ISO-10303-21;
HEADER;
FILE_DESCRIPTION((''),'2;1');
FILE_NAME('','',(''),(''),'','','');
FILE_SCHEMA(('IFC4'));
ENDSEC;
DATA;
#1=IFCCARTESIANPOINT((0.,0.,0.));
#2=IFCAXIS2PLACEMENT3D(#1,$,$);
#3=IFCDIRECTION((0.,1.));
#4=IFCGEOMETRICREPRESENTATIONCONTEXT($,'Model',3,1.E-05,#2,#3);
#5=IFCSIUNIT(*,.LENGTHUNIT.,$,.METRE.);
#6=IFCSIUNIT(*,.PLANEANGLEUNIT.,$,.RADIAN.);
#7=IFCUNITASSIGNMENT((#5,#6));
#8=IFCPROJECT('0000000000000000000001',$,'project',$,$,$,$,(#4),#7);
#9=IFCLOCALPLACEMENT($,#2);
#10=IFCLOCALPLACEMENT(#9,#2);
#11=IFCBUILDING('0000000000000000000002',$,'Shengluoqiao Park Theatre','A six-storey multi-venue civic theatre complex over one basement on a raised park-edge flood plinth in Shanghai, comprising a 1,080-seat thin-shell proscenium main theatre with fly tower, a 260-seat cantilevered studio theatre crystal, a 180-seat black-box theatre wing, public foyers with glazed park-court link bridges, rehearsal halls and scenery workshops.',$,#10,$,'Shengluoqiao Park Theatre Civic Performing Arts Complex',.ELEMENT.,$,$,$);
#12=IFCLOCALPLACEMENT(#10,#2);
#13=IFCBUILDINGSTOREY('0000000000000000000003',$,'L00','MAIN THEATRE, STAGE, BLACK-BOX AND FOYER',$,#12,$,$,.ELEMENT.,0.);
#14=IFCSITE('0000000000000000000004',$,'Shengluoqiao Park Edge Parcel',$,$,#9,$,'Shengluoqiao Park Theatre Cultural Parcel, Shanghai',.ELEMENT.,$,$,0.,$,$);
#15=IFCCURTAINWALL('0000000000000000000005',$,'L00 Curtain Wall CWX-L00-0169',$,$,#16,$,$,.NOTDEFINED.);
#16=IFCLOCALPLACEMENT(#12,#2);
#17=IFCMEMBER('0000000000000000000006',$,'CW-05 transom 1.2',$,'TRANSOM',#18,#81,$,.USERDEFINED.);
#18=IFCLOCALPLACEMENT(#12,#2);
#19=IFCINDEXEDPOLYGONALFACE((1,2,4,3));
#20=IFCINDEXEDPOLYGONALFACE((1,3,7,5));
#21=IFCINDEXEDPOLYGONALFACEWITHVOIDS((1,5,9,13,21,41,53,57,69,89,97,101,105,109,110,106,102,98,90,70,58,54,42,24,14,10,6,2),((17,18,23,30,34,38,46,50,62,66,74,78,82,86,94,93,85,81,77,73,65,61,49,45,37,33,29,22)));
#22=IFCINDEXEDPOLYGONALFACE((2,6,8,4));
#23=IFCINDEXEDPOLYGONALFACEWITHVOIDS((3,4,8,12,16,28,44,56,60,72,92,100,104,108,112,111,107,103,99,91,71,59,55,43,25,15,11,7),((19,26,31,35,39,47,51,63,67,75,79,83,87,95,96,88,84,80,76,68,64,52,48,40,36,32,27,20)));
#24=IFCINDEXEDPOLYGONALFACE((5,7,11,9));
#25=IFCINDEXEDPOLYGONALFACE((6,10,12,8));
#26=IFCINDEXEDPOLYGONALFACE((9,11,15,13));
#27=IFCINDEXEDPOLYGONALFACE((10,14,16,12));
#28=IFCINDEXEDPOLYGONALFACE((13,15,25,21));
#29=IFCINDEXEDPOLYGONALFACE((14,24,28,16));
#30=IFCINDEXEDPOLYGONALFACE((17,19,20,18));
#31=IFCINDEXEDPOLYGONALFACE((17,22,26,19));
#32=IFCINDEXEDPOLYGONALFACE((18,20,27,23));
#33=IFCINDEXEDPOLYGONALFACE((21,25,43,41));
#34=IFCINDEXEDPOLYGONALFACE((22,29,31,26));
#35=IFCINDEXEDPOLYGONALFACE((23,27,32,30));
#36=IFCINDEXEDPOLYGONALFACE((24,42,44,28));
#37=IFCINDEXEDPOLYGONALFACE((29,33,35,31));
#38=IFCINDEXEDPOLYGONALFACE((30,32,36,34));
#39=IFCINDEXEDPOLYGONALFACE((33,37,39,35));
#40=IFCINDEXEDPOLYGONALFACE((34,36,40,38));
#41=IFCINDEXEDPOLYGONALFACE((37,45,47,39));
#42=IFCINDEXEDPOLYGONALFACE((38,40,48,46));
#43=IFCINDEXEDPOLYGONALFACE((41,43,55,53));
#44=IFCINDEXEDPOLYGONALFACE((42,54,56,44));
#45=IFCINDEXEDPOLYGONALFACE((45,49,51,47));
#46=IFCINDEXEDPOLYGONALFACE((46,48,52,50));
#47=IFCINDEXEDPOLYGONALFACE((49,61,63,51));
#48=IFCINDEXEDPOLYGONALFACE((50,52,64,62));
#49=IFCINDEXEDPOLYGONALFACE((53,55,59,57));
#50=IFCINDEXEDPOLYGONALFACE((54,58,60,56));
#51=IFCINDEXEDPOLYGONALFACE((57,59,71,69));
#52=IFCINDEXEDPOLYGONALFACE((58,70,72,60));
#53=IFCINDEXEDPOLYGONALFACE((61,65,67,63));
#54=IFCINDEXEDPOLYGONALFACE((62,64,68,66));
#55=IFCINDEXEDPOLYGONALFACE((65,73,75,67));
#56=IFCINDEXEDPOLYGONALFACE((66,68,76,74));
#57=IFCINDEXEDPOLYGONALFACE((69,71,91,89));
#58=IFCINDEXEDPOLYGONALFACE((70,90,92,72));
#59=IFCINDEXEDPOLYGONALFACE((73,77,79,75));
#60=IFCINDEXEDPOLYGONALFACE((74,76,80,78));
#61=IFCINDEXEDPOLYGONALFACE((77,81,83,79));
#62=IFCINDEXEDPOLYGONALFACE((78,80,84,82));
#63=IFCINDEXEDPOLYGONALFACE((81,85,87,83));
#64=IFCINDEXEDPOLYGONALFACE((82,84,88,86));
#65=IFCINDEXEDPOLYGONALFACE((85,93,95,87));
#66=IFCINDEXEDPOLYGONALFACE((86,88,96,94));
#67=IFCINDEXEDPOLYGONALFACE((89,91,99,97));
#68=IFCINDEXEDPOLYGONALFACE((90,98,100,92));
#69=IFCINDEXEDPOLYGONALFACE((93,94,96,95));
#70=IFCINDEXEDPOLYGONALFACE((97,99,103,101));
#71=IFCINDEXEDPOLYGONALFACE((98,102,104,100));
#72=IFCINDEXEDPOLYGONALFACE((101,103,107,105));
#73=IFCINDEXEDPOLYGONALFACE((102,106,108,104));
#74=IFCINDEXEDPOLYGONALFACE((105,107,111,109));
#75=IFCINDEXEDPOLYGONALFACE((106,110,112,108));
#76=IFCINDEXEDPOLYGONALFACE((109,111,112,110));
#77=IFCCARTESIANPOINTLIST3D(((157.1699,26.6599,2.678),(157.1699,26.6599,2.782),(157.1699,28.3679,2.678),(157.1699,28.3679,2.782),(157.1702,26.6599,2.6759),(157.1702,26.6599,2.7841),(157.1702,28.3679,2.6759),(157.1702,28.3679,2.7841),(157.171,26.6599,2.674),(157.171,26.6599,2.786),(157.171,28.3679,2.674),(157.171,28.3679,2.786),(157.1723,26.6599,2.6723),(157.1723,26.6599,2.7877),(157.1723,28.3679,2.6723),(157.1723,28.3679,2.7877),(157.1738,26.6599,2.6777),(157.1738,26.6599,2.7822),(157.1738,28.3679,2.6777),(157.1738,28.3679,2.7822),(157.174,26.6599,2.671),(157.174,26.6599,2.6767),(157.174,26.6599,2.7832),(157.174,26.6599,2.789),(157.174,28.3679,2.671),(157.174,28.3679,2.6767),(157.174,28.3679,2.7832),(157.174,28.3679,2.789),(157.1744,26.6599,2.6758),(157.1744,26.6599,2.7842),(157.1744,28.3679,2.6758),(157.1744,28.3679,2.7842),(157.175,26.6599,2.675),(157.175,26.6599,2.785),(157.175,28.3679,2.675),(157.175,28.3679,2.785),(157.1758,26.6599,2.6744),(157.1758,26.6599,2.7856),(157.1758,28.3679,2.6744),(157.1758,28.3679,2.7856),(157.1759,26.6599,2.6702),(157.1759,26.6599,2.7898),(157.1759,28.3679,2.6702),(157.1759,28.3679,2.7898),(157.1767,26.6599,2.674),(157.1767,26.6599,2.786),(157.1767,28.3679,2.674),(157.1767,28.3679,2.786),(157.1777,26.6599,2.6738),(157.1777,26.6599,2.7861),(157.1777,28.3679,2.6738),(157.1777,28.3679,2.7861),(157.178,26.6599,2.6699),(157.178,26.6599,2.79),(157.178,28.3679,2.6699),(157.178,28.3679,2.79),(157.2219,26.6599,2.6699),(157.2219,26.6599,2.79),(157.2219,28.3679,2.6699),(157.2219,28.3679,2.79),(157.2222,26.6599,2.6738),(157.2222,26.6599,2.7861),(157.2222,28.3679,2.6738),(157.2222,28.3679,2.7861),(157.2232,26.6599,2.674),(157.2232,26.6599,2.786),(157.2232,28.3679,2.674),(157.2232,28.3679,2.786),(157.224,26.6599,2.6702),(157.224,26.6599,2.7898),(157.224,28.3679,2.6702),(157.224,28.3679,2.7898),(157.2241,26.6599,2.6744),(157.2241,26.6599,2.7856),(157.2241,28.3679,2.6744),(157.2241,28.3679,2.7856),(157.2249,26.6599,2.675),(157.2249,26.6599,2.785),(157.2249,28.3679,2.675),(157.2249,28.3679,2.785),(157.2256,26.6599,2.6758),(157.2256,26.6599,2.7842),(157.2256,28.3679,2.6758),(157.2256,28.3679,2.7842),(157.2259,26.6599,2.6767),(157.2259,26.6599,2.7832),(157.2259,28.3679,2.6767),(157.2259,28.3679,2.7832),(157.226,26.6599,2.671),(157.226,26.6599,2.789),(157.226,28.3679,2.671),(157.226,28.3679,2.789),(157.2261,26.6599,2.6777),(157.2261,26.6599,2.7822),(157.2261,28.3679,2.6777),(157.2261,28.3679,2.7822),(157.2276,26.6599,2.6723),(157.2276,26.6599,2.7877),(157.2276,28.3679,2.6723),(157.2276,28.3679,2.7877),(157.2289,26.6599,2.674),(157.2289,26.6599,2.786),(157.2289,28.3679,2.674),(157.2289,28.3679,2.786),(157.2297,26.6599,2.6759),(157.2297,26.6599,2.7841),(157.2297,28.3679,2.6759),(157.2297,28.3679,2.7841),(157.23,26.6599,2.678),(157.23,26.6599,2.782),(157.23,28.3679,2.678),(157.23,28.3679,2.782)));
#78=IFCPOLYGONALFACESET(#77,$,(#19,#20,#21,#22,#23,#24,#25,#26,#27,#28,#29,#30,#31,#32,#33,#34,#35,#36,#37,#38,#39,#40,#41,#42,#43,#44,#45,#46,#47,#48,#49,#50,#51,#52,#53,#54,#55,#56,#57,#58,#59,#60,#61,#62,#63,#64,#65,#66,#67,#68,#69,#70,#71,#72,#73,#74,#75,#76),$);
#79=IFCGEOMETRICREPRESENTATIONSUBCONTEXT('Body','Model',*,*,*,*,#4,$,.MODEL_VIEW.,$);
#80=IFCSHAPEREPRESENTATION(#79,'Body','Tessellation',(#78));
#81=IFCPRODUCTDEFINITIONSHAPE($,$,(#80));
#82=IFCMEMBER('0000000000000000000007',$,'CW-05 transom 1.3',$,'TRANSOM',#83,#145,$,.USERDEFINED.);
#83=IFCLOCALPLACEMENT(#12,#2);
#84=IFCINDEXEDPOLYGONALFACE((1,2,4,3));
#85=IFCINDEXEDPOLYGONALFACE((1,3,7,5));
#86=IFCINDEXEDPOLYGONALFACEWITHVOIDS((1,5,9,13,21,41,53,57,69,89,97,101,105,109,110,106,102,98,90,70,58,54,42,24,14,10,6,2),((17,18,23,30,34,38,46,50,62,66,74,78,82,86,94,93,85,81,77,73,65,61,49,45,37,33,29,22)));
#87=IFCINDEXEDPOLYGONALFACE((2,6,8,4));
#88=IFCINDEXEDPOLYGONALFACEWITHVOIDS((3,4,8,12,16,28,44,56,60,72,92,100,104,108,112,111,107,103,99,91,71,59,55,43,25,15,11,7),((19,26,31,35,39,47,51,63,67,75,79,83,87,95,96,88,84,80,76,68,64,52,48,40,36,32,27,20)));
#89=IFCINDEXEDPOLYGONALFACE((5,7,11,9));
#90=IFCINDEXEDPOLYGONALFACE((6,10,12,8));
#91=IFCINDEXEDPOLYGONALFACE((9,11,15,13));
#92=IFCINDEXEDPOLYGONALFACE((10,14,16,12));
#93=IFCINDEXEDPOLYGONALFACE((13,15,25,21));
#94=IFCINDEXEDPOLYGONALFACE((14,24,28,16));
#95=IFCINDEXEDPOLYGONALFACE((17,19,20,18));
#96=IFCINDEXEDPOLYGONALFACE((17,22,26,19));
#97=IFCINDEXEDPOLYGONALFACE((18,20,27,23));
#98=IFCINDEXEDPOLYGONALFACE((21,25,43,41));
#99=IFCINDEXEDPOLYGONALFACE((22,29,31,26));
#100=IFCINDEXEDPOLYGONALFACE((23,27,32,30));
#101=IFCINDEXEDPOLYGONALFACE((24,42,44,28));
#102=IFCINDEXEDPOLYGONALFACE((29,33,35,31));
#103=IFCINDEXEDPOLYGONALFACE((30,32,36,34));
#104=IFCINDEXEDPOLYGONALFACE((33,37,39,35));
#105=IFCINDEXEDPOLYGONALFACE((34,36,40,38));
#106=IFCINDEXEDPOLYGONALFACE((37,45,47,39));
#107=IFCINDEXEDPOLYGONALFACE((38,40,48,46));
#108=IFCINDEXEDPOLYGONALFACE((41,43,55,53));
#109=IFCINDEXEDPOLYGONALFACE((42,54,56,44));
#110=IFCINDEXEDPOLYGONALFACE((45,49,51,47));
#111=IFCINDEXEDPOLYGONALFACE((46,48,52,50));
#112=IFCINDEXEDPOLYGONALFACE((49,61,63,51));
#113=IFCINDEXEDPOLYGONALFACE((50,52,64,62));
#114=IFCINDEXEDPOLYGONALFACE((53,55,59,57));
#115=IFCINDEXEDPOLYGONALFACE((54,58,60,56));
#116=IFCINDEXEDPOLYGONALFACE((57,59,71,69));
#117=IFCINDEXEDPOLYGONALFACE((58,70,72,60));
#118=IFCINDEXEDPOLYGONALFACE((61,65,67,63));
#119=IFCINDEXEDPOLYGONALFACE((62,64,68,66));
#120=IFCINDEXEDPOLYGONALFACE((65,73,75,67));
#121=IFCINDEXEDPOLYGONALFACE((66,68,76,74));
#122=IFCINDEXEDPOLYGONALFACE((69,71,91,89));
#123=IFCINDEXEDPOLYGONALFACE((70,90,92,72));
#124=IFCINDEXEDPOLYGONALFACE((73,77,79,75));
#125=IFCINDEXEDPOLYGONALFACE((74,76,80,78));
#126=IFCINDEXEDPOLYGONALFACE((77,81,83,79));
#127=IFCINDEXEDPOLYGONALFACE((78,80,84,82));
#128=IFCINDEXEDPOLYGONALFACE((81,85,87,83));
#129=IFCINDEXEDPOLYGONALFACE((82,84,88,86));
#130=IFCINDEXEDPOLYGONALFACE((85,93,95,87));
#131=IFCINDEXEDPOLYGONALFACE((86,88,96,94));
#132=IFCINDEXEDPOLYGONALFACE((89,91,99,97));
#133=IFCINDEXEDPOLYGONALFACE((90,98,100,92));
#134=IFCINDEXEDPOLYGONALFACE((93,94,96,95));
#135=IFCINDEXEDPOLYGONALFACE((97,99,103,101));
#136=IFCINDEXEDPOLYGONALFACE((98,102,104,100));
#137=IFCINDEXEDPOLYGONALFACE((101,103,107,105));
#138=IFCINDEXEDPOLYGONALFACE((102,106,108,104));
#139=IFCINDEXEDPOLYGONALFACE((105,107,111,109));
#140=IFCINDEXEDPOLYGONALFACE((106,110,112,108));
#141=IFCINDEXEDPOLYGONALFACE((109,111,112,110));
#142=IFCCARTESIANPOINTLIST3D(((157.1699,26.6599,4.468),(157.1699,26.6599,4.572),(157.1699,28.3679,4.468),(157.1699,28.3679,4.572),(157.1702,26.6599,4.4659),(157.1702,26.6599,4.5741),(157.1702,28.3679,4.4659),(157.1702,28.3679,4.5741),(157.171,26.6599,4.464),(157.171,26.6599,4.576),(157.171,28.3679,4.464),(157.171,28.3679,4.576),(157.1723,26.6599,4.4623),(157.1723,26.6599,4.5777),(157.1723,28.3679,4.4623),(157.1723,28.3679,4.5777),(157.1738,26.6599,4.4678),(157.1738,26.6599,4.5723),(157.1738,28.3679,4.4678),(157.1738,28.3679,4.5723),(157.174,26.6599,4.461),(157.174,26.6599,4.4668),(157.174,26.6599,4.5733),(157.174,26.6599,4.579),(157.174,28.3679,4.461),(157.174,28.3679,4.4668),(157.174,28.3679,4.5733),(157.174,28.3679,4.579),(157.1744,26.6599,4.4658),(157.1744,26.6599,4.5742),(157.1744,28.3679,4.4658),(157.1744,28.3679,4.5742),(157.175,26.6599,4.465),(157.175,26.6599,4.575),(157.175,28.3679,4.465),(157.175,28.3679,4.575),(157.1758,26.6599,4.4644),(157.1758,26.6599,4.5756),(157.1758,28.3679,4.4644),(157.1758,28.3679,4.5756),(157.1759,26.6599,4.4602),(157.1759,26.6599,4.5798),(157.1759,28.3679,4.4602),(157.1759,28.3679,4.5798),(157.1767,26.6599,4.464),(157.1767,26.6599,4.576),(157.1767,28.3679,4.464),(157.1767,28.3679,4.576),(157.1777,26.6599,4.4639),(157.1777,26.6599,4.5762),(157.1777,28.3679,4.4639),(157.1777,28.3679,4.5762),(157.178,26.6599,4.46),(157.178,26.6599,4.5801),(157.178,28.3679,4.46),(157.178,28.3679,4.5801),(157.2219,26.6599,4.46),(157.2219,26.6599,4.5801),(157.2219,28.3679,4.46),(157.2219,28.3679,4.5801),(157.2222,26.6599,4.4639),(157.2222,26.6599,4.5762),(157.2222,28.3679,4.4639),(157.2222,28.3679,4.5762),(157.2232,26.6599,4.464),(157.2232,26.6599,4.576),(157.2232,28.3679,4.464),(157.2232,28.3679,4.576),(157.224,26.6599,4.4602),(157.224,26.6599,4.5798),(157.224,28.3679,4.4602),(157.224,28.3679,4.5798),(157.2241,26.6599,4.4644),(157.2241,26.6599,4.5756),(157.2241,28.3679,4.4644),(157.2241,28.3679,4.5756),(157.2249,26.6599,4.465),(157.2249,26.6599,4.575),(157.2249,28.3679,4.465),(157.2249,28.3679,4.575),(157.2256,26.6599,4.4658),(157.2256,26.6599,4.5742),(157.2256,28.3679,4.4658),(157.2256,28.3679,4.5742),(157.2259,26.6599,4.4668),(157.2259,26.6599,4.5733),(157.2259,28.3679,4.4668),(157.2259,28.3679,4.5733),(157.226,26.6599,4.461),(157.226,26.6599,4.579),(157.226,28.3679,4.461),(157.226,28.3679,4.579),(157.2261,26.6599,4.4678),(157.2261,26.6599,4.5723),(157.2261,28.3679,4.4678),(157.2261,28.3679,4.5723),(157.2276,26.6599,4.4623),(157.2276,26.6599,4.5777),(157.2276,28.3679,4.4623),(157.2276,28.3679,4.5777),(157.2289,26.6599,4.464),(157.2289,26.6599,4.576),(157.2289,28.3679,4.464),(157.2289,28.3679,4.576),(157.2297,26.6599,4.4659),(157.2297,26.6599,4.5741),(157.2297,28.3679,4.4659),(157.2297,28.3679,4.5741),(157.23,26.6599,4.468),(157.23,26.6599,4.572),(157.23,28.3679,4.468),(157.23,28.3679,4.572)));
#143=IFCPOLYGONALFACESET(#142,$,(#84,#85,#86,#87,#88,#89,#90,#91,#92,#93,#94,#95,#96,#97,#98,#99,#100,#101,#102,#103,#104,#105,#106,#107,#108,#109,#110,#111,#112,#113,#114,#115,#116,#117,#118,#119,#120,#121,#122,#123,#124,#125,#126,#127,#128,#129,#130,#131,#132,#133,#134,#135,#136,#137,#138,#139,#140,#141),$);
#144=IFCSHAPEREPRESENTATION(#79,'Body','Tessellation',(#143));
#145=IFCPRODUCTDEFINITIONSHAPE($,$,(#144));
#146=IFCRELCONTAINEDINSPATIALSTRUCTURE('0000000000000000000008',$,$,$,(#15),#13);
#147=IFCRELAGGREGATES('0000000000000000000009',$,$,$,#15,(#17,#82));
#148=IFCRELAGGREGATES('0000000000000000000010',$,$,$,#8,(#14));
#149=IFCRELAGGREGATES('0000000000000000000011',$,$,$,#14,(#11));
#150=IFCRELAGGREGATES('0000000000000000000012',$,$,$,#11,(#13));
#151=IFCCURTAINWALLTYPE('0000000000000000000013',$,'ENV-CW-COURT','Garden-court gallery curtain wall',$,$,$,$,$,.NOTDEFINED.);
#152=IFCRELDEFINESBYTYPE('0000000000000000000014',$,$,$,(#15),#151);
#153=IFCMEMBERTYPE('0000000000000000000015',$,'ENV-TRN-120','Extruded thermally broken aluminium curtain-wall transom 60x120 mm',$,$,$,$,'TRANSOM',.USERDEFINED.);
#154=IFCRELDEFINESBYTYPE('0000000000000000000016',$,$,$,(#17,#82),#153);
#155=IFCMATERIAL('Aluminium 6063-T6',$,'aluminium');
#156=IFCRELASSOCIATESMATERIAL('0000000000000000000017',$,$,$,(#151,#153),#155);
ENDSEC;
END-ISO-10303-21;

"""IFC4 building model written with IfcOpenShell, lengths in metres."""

from ifc_helpers import new_model, si_unit, direction, frame, origin, origin_2d, place, context, subcontext, project, spatial, hollow_rectangle, extrude, material, material_profile, profile_set, type_object, element, aggregate, save


model = new_model("IFC4")

# Units and contexts
model_context = context("Model", 3, precision=1e-05, world=origin(), true_north=direction((0.0, 1.0)))
body_context = subcontext(model_context, "Body", "Model", "MODEL_VIEW")
ifc_project = project(units=[si_unit("LENGTHUNIT", "METRE"), si_unit("PLANEANGLEUNIT", "RADIAN")], contexts=[model_context])

# Site, building, storey
site_placement = place(None, origin())
site = spatial("IfcSite", under=ifc_project, at=site_placement, Name="Shengluoqiao Park Edge Parcel", LongName="Shengluoqiao Park Theatre Cultural Parcel, Shanghai", CompositionType="ELEMENT", RefElevation=0.0)
building_placement = place(site_placement, origin())
building = spatial("IfcBuilding", under=site, at=building_placement, Name="Shengluoqiao Park Theatre", Description="A six-storey multi-venue civic theatre complex over one basement on a raised park-edge flood plinth in Shanghai, comprising a 1,080-seat thin-shell proscenium main theatre with fly tower, a 260-seat cantilevered studio theatre crystal, a 180-seat black-box theatre wing, public foyers with glazed park-court link bridges, rehearsal halls and scenery workshops.", LongName="Shengluoqiao Park Theatre Civic Performing Arts Complex", CompositionType="ELEMENT")
storey_placement = place(building_placement, origin())
storey = spatial("IfcBuildingStorey", under=building, at=storey_placement, Name="L00", Description="MAIN THEATRE, STAGE, BLACK-BOX AND FOYER", CompositionType="ELEMENT", Elevation=0.0)

# Shared definitions
ifc_material_1 = material(Name="Aluminium 6063-T6", Category="aluminium")
curtain_wall_type = type_object("IfcCurtainWallType", Name="ENV-CW-COURT", Description="Garden-court gallery curtain wall", PredefinedType="NOTDEFINED", material=ifc_material_1)

# Curtain wall
curtain_wall_1_placement = place(storey_placement, origin())
curtain_wall_1 = element("IfcCurtainWall", 1, at=curtain_wall_1_placement, inside=storey, type_object=curtain_wall_type, Name="L00 Curtain Wall CWX-L00-0169", PredefinedType="NOTDEFINED")

# Members
ifc_material_profile_1 = material_profile(ifc_material_1, hollow_rectangle(XDim=0.0601, YDim=0.1201, WallThickness=0.0039, InnerFilletRadius=0.0039, OuterFilletRadius=0.0081, at=origin_2d()), Name="ALU TRANSOM 120x60x4")
ifc_profile_set_1 = profile_set([ifc_material_profile_1], Name="Aluminium 6063-T6")
member_type_1 = type_object("IfcMemberType", Name="ENV-TRN-120", Description="Extruded thermally broken aluminium curtain-wall transom 60x120 mm", ElementType="TRANSOM", PredefinedType="USERDEFINED", material=ifc_profile_set_1)
member_1_placement = place(storey_placement, frame((157.2, 26.6599, 2.73), z_axis=(0.0, 1.0, 0.0), x_axis=(-1.0, 0.0, 0.0)))
member_1 = element("IfcMember", 2, at=member_1_placement, type_object=member_type_1, Name="CW-05 transom 1.2", ObjectType="TRANSOM", PredefinedType="USERDEFINED", context=body_context, shape_type="SweptSolid", body=[
    extrude(hollow_rectangle(XDim=0.0601, YDim=0.1201, WallThickness=0.0039, InnerFilletRadius=0.0039, OuterFilletRadius=0.0081, at=origin_2d()), origin(), (0.0, 0.0, 1.0), 1.708),
])
member_2_placement = place(storey_placement, frame((157.2, 26.6599, 4.52), z_axis=(0.0, 1.0, 0.0), x_axis=(-1.0, 0.0, 0.0)))
member_2 = element("IfcMember", 3, at=member_2_placement, type_object=member_type_1, Name="CW-05 transom 1.3", ObjectType="TRANSOM", PredefinedType="USERDEFINED", context=body_context, shape_type="SweptSolid", body=[
    extrude(hollow_rectangle(XDim=0.0601, YDim=0.1201, WallThickness=0.0039, InnerFilletRadius=0.0039, OuterFilletRadius=0.0081, at=origin_2d()), origin(), (0.0, 0.0, 1.0), 1.708),
])

aggregate(curtain_wall_1, [member_1, member_2])

save(model, "model.ifc")
